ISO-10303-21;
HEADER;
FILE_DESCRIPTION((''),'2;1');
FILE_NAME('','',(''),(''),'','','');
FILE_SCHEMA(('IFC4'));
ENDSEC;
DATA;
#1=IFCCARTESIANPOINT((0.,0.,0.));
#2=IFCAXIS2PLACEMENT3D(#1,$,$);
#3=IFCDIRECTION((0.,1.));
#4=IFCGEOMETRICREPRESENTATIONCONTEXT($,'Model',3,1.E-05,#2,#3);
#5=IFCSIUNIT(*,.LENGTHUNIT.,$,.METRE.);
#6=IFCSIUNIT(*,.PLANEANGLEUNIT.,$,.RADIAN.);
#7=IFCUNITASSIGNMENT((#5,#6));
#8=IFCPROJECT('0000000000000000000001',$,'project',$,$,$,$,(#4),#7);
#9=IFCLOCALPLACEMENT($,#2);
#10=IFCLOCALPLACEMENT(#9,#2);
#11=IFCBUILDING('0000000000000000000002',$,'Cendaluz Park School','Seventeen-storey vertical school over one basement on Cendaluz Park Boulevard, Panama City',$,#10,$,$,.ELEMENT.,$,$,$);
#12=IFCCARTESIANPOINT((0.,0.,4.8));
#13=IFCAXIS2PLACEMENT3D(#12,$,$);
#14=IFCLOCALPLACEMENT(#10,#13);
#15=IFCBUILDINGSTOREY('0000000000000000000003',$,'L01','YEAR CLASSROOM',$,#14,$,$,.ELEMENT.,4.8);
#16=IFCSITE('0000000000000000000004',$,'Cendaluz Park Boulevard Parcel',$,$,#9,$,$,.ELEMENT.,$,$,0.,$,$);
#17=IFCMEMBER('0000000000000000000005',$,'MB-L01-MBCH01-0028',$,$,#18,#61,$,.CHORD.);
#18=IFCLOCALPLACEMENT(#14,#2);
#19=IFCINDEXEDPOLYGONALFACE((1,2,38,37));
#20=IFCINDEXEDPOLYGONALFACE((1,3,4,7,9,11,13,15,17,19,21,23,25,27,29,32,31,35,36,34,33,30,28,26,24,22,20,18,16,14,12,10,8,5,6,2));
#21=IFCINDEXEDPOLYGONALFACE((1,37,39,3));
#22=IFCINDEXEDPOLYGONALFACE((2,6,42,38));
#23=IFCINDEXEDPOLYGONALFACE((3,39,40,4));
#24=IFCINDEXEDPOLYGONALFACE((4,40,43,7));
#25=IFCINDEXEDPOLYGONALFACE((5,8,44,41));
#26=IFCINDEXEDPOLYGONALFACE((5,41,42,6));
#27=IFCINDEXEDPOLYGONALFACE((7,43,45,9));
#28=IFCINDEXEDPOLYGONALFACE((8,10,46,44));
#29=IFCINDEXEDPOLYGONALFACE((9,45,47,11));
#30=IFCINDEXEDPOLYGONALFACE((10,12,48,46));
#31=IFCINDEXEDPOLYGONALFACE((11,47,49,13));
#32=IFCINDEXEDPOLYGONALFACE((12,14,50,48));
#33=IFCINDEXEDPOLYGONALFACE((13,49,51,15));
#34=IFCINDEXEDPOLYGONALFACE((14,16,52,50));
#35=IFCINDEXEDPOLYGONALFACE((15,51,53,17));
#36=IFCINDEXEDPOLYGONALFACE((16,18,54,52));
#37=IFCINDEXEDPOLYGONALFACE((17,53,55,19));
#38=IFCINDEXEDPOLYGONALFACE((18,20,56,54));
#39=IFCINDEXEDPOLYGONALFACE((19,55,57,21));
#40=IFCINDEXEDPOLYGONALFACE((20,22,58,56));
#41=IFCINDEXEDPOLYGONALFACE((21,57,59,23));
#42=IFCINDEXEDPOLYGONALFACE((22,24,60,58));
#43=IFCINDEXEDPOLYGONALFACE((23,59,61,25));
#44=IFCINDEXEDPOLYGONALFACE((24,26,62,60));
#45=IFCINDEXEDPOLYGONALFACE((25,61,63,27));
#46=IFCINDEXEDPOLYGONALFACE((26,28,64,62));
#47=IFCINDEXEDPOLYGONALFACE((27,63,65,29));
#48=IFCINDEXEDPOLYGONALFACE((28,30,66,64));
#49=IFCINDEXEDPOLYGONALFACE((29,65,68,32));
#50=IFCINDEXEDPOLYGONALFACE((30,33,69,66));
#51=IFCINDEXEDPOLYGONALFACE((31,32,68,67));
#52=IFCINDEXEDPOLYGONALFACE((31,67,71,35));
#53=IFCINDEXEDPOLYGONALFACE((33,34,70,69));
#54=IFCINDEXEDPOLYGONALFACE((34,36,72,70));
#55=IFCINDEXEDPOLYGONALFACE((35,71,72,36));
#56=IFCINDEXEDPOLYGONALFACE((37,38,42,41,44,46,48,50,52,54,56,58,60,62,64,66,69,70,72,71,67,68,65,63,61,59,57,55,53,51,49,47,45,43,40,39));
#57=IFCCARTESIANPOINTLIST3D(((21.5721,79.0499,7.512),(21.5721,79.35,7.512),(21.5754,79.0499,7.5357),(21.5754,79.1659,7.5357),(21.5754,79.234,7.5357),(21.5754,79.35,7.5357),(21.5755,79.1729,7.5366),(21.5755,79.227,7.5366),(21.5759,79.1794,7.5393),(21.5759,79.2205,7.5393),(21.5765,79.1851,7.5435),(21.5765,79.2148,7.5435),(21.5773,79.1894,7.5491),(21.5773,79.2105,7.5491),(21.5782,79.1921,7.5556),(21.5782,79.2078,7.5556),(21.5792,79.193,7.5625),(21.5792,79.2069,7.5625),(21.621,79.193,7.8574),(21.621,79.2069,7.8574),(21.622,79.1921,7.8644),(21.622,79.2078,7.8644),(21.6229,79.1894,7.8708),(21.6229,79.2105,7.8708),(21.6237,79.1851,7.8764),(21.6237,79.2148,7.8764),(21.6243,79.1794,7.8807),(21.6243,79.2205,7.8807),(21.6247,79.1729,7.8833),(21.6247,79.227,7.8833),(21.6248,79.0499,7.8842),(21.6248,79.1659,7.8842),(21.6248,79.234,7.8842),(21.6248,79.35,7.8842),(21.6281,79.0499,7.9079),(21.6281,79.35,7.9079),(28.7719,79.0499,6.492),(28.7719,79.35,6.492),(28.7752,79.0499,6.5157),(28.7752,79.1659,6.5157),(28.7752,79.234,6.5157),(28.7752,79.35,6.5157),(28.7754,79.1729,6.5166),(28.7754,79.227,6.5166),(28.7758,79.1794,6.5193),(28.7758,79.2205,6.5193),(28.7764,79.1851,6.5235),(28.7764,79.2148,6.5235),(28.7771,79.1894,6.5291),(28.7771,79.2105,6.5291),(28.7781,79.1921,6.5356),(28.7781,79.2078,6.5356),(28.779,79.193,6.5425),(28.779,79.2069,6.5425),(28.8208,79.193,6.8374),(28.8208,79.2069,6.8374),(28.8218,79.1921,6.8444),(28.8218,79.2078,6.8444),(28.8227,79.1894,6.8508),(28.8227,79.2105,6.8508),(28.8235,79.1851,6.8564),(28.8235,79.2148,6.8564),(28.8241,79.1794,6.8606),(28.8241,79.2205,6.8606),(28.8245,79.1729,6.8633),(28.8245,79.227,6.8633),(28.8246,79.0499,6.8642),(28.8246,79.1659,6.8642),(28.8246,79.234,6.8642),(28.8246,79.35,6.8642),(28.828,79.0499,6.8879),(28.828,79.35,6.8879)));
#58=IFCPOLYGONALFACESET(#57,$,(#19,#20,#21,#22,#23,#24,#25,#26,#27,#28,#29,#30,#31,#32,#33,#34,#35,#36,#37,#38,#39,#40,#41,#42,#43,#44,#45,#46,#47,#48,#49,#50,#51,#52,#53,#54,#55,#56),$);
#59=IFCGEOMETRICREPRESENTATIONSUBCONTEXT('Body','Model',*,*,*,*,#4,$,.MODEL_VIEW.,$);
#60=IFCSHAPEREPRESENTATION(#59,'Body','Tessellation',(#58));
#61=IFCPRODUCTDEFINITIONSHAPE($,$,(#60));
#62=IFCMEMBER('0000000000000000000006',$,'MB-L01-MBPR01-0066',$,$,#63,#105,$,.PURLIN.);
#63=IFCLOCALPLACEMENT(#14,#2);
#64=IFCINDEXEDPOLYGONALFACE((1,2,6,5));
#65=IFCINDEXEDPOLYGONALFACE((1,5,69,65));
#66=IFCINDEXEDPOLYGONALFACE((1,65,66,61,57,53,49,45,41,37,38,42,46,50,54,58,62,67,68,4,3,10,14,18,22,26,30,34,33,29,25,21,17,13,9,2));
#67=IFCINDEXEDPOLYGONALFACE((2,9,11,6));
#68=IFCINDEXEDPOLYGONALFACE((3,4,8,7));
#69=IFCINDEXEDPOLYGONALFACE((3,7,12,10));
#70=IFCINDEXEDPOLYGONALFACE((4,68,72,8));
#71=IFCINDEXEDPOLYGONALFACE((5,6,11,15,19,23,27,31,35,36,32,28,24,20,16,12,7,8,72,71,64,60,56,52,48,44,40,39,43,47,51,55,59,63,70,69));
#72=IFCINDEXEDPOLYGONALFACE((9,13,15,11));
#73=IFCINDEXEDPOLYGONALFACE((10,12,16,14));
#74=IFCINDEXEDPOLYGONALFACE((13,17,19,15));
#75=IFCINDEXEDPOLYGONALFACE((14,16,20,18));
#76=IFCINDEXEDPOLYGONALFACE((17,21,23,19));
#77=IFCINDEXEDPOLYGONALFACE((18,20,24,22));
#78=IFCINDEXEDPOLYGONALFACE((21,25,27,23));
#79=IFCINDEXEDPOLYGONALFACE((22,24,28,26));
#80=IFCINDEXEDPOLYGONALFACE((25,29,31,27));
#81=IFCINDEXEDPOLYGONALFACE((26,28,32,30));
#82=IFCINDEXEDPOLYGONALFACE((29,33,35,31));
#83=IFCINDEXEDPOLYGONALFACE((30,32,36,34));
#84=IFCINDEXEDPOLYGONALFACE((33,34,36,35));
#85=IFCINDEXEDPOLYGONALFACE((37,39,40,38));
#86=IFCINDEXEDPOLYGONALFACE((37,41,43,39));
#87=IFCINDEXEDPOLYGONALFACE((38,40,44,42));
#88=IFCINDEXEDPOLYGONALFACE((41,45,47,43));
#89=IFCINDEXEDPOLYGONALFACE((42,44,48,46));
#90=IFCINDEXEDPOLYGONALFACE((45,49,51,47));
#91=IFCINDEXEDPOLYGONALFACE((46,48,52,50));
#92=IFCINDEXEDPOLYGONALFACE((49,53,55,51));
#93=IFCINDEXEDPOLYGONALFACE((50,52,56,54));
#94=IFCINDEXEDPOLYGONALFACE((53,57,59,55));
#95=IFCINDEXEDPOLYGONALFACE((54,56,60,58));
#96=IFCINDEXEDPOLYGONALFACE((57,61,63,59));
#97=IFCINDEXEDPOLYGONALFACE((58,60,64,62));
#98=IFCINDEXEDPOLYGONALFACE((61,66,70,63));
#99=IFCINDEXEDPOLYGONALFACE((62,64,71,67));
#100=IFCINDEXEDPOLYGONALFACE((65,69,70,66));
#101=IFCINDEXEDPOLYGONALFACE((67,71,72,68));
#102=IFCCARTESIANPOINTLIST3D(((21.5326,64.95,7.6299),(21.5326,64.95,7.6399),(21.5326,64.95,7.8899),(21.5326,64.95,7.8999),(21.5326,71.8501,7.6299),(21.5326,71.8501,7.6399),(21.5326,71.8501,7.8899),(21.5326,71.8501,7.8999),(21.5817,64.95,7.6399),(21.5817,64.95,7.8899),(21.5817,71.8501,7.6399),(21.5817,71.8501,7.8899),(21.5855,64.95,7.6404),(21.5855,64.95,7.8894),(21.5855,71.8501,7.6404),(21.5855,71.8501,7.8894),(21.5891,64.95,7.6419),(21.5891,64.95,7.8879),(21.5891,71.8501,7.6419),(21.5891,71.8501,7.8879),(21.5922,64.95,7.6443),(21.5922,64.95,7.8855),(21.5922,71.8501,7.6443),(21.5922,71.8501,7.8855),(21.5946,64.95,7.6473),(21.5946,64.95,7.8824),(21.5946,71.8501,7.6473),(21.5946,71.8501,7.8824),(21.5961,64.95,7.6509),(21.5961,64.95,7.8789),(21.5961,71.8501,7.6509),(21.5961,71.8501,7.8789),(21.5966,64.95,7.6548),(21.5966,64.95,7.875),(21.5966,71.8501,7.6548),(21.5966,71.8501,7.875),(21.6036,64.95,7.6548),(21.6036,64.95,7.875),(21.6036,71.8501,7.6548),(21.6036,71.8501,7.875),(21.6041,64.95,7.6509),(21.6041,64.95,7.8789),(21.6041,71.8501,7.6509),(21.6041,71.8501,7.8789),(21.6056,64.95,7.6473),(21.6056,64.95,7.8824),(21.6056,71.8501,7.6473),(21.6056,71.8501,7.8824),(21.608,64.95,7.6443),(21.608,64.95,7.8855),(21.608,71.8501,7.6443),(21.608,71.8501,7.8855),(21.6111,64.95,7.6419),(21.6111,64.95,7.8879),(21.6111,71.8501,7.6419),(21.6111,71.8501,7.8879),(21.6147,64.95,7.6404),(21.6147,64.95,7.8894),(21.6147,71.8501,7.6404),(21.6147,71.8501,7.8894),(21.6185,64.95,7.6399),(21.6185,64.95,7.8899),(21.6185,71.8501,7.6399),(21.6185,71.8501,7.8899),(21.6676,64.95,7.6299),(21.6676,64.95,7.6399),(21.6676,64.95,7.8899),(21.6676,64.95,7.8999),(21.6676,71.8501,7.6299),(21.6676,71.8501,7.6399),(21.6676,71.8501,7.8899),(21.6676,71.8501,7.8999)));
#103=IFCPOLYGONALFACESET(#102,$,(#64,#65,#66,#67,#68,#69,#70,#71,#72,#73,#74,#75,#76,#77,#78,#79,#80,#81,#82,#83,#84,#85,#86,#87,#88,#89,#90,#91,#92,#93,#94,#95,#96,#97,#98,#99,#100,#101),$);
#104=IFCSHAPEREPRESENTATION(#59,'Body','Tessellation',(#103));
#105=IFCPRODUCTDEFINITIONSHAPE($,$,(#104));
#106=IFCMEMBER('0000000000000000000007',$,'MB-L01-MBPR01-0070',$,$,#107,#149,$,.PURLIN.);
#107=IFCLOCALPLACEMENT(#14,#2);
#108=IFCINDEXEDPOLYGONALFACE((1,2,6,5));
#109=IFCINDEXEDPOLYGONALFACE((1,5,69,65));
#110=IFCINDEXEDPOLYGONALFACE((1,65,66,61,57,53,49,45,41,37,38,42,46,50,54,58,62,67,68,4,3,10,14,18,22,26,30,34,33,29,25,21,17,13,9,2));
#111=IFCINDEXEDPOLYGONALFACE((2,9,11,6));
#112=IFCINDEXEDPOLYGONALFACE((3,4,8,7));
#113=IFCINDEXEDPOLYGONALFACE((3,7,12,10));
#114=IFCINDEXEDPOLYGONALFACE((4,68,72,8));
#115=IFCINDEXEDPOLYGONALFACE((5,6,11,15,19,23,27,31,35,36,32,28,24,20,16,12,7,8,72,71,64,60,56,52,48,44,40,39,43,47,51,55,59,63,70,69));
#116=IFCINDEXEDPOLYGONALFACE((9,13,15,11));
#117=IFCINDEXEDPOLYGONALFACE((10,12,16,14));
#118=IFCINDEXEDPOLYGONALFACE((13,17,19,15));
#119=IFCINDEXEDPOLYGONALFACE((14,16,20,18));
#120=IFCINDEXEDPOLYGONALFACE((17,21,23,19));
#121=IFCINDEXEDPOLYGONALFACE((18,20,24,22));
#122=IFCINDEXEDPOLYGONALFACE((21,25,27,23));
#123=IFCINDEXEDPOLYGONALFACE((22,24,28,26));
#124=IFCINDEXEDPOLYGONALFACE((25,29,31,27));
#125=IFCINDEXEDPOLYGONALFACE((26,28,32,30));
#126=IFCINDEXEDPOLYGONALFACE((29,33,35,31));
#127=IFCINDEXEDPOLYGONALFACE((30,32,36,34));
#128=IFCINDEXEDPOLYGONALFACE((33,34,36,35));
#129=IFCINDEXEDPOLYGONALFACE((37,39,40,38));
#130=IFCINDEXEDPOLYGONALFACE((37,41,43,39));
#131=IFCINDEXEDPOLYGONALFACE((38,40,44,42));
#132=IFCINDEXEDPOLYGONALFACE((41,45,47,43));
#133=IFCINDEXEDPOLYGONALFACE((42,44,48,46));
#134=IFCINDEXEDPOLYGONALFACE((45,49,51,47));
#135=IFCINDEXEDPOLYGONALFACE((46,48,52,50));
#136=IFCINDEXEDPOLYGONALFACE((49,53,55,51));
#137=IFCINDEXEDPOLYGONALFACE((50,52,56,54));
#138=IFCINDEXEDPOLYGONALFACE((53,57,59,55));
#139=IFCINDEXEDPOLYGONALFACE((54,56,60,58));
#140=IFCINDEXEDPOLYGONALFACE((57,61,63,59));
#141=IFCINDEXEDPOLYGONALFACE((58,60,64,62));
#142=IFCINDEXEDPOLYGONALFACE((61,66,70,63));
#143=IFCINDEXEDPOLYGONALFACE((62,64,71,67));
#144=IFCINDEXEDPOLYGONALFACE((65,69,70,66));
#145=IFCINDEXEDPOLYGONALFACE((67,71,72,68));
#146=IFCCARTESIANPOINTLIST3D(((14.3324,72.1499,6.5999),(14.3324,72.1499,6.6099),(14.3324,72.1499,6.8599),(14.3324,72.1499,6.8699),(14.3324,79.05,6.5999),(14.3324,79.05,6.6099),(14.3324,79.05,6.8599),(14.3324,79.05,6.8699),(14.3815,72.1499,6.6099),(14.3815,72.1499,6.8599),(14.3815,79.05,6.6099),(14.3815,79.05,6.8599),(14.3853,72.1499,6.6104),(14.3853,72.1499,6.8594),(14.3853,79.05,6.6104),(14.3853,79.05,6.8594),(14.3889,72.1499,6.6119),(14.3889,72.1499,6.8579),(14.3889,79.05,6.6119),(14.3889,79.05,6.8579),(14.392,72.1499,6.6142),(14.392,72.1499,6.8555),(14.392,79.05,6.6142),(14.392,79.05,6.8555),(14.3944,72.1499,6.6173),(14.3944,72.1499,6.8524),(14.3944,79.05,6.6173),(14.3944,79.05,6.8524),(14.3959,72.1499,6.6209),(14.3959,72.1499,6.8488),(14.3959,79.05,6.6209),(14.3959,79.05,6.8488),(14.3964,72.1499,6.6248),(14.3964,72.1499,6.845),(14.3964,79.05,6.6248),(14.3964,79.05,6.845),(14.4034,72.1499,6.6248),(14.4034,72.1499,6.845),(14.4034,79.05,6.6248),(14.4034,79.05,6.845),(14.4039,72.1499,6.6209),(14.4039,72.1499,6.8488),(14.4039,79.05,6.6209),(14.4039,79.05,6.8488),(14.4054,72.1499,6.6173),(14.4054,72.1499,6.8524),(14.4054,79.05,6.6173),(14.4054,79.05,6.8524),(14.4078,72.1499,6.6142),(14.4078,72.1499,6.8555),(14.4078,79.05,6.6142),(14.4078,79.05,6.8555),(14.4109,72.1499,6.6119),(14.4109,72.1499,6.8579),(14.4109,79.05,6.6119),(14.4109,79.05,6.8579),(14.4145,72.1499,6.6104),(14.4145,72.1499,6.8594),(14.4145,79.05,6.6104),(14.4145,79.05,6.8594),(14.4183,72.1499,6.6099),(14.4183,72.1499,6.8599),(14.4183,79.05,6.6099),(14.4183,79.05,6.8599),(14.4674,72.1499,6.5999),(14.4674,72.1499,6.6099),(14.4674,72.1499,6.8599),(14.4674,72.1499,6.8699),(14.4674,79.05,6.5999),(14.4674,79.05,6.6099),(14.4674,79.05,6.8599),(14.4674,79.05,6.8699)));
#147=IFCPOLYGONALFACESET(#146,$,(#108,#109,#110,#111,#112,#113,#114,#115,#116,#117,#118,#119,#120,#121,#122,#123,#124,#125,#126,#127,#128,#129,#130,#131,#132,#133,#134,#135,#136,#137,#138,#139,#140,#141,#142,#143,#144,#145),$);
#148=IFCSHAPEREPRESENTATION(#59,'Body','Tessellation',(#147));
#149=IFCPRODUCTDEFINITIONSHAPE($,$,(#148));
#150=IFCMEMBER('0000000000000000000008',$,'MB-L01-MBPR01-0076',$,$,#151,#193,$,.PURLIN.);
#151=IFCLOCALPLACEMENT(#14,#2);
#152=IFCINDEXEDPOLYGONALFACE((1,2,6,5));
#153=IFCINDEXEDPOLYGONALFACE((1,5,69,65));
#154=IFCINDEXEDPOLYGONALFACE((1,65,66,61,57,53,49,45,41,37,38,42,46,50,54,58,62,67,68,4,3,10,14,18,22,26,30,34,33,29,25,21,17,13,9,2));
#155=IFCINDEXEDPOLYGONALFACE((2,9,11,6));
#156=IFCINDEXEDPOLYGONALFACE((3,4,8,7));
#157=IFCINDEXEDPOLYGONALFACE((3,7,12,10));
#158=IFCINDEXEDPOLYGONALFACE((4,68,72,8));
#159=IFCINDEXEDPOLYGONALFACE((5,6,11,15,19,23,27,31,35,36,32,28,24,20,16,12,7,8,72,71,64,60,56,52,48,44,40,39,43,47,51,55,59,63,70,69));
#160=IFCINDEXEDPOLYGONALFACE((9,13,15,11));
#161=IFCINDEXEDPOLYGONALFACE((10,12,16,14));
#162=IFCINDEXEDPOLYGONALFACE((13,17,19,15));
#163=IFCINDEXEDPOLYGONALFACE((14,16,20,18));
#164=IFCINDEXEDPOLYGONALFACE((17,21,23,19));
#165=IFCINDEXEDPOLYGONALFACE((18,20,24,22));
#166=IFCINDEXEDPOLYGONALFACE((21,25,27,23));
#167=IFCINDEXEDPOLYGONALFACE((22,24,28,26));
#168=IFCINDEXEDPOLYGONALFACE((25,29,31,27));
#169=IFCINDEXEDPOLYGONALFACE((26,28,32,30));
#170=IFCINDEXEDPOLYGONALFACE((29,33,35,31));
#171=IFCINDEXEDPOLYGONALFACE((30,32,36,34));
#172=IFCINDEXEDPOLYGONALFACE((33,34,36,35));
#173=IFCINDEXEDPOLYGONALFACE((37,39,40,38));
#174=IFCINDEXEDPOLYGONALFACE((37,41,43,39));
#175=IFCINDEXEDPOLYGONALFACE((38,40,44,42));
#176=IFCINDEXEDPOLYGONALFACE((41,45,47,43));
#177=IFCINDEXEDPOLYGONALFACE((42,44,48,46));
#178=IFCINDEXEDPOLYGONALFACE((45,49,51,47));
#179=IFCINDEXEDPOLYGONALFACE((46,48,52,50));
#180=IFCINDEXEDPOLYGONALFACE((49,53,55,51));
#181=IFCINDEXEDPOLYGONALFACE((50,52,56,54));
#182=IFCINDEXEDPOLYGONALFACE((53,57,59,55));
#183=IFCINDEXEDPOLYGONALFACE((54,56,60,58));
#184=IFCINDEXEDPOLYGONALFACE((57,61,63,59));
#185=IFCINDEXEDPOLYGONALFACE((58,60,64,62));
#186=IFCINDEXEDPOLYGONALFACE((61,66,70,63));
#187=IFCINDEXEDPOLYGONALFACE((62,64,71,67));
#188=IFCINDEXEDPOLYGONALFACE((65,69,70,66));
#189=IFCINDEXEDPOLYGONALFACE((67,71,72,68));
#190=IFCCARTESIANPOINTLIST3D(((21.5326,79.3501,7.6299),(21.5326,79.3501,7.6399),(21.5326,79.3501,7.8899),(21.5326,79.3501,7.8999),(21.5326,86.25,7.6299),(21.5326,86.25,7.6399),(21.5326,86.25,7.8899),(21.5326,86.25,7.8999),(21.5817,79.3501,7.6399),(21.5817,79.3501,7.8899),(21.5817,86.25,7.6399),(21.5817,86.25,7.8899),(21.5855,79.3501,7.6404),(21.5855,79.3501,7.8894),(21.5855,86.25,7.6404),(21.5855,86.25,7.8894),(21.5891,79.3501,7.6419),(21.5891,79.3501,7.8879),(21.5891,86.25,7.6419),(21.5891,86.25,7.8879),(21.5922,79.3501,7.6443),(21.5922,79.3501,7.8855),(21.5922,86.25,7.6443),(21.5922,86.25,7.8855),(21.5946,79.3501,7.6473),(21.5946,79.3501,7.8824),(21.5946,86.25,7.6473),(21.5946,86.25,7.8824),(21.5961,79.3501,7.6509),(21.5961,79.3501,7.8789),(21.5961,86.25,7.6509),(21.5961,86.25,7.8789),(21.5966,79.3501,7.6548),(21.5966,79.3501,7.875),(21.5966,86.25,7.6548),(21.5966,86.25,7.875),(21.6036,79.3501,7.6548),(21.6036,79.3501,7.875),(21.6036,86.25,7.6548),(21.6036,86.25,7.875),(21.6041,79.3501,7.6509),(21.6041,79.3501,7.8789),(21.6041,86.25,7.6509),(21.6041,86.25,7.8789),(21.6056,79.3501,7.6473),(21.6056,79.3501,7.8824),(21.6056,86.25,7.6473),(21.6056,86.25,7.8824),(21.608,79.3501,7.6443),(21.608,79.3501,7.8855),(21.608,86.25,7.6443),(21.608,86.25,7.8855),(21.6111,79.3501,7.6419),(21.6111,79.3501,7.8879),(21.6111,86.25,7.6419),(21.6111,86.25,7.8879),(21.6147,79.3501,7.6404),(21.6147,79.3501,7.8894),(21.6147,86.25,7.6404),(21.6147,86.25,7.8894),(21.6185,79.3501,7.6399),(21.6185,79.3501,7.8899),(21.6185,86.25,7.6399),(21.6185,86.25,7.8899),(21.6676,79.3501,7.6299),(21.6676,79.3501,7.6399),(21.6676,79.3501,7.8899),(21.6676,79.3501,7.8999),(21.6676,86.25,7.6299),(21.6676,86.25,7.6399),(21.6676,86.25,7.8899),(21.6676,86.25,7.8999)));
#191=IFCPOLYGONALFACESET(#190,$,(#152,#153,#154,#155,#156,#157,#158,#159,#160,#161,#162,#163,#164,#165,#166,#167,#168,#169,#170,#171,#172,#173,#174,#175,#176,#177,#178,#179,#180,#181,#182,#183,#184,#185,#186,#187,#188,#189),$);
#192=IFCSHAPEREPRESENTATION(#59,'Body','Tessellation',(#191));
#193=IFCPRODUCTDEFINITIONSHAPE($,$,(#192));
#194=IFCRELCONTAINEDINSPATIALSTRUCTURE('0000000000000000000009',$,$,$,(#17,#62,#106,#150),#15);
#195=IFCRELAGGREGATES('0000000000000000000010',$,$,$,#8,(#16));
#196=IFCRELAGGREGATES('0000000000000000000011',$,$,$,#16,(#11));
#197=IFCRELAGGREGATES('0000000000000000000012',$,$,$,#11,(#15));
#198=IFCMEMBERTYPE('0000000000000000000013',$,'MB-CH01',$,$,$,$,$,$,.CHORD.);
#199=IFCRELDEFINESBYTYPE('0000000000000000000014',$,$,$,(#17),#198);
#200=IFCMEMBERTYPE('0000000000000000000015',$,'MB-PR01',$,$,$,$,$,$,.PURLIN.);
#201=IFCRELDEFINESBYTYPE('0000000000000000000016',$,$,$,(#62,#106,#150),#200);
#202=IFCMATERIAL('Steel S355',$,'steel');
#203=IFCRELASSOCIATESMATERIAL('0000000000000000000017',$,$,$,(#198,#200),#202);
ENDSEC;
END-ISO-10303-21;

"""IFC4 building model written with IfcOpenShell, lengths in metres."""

from ifc_helpers import new_model, si_unit, direction, frame, origin, origin_2d, place, context, subcontext, project, spatial, i_section, extrude, material, material_profile, profile_set, type_object, element, save


model = new_model("IFC4")

# Units and contexts
model_context = context("Model", 3, precision=1e-05, world=origin(), true_north=direction((0.0, 1.0)))
body_context = subcontext(model_context, "Body", "Model", "MODEL_VIEW")
ifc_project = project(units=[si_unit("LENGTHUNIT", "METRE"), si_unit("PLANEANGLEUNIT", "RADIAN")], contexts=[model_context])

# Site, building, storey
site_placement = place(None, origin())
site = spatial("IfcSite", under=ifc_project, at=site_placement, Name="Cendaluz Park Boulevard Parcel", CompositionType="ELEMENT", RefElevation=0.0)
building_placement = place(site_placement, origin())
building = spatial("IfcBuilding", under=site, at=building_placement, Name="Cendaluz Park School", Description="Seventeen-storey vertical school over one basement on Cendaluz Park Boulevard, Panama City", CompositionType="ELEMENT")
storey_placement = place(building_placement, frame((0.0, 0.0, 4.8)))
storey = spatial("IfcBuildingStorey", under=building, at=storey_placement, Name="L01", Description="YEAR CLASSROOM", CompositionType="ELEMENT", Elevation=4.8)

# Shared definitions
ifc_material_1 = material(Name="Steel S355", Category="steel")

# Members
ifc_material_profile_1 = material_profile(ifc_material_1, i_section(OverallWidth=0.3, OverallDepth=0.3999, WebThickness=0.0139, FlangeThickness=0.0239, FilletRadius=0.0271, at=origin_2d()), Name="HEB 400", Category="steel")
ifc_profile_set_1 = profile_set([ifc_material_profile_1], Name="Steel S355")
member_type_1 = type_object("IfcMemberType", Name="MB-CH01", PredefinedType="CHORD", material=ifc_profile_set_1)
member_1_placement = place(storey_placement, frame((21.6001, 79.2, 7.71), z_axis=(0.990113, 0.0, -0.14027), x_axis=(0.0, 1.0, 0.0)))
element("IfcMember", 1, at=member_1_placement, inside=storey, type_object=member_type_1, Name="MB-L01-MBCH01-0028", PredefinedType="CHORD", context=body_context, shape_type="SweptSolid", body=[
    extrude(i_section(OverallWidth=0.3, OverallDepth=0.3999, WebThickness=0.0139, FlangeThickness=0.0239, FilletRadius=0.0271, at=origin_2d()), origin(), (0.0, 0.0, 1.0), 7.2717),
])
ifc_material_profile_2 = material_profile(ifc_material_1, i_section(OverallWidth=0.135, OverallDepth=0.27, WebThickness=0.0071, FlangeThickness=0.01, FilletRadius=0.0149, at=origin_2d()), Name="IPE 270", Category="steel")
ifc_profile_set_2 = profile_set([ifc_material_profile_2], Name="Steel S355")
member_type_2 = type_object("IfcMemberType", Name="MB-PR01", PredefinedType="PURLIN", material=ifc_profile_set_2)
for number, where, z_axis, x_axis, name in (
    (2, (21.6001, 64.95, 7.7649), (0.0, 1.0, 0.0), (-1.0, 0.0, 0.0), "MB-L01-MBPR01-0066"),
    (3, (14.3999, 72.1499, 6.7349), (0.0, 1.0, 0.0), (-1.0, 0.0, 0.0), "MB-L01-MBPR01-0070"),
):
    element("IfcMember", number, at=place(storey_placement, frame(where, z_axis=z_axis, x_axis=x_axis)), inside=storey, type_object=member_type_2, Name=name, PredefinedType="PURLIN", context=body_context, shape_type="SweptSolid", body=[
        extrude(i_section(OverallWidth=0.135, OverallDepth=0.27, WebThickness=0.0071, FlangeThickness=0.01, FilletRadius=0.0149, at=origin_2d()), origin(), (0.0, 0.0, 1.0), 6.9001),
    ])
member_2_placement = place(storey_placement, frame((21.6001, 79.3501, 7.7649), z_axis=(0.0, 1.0, 0.0), x_axis=(-1.0, 0.0, 0.0)))
element("IfcMember", 4, at=member_2_placement, inside=storey, type_object=member_type_2, Name="MB-L01-MBPR01-0076", PredefinedType="PURLIN", context=body_context, shape_type="SweptSolid", body=[
    extrude(i_section(OverallWidth=0.135, OverallDepth=0.27, WebThickness=0.0071, FlangeThickness=0.01, FilletRadius=0.0149, at=origin_2d()), origin(), (0.0, 0.0, 1.0), 6.8999),
])

save(model, "model.ifc")
